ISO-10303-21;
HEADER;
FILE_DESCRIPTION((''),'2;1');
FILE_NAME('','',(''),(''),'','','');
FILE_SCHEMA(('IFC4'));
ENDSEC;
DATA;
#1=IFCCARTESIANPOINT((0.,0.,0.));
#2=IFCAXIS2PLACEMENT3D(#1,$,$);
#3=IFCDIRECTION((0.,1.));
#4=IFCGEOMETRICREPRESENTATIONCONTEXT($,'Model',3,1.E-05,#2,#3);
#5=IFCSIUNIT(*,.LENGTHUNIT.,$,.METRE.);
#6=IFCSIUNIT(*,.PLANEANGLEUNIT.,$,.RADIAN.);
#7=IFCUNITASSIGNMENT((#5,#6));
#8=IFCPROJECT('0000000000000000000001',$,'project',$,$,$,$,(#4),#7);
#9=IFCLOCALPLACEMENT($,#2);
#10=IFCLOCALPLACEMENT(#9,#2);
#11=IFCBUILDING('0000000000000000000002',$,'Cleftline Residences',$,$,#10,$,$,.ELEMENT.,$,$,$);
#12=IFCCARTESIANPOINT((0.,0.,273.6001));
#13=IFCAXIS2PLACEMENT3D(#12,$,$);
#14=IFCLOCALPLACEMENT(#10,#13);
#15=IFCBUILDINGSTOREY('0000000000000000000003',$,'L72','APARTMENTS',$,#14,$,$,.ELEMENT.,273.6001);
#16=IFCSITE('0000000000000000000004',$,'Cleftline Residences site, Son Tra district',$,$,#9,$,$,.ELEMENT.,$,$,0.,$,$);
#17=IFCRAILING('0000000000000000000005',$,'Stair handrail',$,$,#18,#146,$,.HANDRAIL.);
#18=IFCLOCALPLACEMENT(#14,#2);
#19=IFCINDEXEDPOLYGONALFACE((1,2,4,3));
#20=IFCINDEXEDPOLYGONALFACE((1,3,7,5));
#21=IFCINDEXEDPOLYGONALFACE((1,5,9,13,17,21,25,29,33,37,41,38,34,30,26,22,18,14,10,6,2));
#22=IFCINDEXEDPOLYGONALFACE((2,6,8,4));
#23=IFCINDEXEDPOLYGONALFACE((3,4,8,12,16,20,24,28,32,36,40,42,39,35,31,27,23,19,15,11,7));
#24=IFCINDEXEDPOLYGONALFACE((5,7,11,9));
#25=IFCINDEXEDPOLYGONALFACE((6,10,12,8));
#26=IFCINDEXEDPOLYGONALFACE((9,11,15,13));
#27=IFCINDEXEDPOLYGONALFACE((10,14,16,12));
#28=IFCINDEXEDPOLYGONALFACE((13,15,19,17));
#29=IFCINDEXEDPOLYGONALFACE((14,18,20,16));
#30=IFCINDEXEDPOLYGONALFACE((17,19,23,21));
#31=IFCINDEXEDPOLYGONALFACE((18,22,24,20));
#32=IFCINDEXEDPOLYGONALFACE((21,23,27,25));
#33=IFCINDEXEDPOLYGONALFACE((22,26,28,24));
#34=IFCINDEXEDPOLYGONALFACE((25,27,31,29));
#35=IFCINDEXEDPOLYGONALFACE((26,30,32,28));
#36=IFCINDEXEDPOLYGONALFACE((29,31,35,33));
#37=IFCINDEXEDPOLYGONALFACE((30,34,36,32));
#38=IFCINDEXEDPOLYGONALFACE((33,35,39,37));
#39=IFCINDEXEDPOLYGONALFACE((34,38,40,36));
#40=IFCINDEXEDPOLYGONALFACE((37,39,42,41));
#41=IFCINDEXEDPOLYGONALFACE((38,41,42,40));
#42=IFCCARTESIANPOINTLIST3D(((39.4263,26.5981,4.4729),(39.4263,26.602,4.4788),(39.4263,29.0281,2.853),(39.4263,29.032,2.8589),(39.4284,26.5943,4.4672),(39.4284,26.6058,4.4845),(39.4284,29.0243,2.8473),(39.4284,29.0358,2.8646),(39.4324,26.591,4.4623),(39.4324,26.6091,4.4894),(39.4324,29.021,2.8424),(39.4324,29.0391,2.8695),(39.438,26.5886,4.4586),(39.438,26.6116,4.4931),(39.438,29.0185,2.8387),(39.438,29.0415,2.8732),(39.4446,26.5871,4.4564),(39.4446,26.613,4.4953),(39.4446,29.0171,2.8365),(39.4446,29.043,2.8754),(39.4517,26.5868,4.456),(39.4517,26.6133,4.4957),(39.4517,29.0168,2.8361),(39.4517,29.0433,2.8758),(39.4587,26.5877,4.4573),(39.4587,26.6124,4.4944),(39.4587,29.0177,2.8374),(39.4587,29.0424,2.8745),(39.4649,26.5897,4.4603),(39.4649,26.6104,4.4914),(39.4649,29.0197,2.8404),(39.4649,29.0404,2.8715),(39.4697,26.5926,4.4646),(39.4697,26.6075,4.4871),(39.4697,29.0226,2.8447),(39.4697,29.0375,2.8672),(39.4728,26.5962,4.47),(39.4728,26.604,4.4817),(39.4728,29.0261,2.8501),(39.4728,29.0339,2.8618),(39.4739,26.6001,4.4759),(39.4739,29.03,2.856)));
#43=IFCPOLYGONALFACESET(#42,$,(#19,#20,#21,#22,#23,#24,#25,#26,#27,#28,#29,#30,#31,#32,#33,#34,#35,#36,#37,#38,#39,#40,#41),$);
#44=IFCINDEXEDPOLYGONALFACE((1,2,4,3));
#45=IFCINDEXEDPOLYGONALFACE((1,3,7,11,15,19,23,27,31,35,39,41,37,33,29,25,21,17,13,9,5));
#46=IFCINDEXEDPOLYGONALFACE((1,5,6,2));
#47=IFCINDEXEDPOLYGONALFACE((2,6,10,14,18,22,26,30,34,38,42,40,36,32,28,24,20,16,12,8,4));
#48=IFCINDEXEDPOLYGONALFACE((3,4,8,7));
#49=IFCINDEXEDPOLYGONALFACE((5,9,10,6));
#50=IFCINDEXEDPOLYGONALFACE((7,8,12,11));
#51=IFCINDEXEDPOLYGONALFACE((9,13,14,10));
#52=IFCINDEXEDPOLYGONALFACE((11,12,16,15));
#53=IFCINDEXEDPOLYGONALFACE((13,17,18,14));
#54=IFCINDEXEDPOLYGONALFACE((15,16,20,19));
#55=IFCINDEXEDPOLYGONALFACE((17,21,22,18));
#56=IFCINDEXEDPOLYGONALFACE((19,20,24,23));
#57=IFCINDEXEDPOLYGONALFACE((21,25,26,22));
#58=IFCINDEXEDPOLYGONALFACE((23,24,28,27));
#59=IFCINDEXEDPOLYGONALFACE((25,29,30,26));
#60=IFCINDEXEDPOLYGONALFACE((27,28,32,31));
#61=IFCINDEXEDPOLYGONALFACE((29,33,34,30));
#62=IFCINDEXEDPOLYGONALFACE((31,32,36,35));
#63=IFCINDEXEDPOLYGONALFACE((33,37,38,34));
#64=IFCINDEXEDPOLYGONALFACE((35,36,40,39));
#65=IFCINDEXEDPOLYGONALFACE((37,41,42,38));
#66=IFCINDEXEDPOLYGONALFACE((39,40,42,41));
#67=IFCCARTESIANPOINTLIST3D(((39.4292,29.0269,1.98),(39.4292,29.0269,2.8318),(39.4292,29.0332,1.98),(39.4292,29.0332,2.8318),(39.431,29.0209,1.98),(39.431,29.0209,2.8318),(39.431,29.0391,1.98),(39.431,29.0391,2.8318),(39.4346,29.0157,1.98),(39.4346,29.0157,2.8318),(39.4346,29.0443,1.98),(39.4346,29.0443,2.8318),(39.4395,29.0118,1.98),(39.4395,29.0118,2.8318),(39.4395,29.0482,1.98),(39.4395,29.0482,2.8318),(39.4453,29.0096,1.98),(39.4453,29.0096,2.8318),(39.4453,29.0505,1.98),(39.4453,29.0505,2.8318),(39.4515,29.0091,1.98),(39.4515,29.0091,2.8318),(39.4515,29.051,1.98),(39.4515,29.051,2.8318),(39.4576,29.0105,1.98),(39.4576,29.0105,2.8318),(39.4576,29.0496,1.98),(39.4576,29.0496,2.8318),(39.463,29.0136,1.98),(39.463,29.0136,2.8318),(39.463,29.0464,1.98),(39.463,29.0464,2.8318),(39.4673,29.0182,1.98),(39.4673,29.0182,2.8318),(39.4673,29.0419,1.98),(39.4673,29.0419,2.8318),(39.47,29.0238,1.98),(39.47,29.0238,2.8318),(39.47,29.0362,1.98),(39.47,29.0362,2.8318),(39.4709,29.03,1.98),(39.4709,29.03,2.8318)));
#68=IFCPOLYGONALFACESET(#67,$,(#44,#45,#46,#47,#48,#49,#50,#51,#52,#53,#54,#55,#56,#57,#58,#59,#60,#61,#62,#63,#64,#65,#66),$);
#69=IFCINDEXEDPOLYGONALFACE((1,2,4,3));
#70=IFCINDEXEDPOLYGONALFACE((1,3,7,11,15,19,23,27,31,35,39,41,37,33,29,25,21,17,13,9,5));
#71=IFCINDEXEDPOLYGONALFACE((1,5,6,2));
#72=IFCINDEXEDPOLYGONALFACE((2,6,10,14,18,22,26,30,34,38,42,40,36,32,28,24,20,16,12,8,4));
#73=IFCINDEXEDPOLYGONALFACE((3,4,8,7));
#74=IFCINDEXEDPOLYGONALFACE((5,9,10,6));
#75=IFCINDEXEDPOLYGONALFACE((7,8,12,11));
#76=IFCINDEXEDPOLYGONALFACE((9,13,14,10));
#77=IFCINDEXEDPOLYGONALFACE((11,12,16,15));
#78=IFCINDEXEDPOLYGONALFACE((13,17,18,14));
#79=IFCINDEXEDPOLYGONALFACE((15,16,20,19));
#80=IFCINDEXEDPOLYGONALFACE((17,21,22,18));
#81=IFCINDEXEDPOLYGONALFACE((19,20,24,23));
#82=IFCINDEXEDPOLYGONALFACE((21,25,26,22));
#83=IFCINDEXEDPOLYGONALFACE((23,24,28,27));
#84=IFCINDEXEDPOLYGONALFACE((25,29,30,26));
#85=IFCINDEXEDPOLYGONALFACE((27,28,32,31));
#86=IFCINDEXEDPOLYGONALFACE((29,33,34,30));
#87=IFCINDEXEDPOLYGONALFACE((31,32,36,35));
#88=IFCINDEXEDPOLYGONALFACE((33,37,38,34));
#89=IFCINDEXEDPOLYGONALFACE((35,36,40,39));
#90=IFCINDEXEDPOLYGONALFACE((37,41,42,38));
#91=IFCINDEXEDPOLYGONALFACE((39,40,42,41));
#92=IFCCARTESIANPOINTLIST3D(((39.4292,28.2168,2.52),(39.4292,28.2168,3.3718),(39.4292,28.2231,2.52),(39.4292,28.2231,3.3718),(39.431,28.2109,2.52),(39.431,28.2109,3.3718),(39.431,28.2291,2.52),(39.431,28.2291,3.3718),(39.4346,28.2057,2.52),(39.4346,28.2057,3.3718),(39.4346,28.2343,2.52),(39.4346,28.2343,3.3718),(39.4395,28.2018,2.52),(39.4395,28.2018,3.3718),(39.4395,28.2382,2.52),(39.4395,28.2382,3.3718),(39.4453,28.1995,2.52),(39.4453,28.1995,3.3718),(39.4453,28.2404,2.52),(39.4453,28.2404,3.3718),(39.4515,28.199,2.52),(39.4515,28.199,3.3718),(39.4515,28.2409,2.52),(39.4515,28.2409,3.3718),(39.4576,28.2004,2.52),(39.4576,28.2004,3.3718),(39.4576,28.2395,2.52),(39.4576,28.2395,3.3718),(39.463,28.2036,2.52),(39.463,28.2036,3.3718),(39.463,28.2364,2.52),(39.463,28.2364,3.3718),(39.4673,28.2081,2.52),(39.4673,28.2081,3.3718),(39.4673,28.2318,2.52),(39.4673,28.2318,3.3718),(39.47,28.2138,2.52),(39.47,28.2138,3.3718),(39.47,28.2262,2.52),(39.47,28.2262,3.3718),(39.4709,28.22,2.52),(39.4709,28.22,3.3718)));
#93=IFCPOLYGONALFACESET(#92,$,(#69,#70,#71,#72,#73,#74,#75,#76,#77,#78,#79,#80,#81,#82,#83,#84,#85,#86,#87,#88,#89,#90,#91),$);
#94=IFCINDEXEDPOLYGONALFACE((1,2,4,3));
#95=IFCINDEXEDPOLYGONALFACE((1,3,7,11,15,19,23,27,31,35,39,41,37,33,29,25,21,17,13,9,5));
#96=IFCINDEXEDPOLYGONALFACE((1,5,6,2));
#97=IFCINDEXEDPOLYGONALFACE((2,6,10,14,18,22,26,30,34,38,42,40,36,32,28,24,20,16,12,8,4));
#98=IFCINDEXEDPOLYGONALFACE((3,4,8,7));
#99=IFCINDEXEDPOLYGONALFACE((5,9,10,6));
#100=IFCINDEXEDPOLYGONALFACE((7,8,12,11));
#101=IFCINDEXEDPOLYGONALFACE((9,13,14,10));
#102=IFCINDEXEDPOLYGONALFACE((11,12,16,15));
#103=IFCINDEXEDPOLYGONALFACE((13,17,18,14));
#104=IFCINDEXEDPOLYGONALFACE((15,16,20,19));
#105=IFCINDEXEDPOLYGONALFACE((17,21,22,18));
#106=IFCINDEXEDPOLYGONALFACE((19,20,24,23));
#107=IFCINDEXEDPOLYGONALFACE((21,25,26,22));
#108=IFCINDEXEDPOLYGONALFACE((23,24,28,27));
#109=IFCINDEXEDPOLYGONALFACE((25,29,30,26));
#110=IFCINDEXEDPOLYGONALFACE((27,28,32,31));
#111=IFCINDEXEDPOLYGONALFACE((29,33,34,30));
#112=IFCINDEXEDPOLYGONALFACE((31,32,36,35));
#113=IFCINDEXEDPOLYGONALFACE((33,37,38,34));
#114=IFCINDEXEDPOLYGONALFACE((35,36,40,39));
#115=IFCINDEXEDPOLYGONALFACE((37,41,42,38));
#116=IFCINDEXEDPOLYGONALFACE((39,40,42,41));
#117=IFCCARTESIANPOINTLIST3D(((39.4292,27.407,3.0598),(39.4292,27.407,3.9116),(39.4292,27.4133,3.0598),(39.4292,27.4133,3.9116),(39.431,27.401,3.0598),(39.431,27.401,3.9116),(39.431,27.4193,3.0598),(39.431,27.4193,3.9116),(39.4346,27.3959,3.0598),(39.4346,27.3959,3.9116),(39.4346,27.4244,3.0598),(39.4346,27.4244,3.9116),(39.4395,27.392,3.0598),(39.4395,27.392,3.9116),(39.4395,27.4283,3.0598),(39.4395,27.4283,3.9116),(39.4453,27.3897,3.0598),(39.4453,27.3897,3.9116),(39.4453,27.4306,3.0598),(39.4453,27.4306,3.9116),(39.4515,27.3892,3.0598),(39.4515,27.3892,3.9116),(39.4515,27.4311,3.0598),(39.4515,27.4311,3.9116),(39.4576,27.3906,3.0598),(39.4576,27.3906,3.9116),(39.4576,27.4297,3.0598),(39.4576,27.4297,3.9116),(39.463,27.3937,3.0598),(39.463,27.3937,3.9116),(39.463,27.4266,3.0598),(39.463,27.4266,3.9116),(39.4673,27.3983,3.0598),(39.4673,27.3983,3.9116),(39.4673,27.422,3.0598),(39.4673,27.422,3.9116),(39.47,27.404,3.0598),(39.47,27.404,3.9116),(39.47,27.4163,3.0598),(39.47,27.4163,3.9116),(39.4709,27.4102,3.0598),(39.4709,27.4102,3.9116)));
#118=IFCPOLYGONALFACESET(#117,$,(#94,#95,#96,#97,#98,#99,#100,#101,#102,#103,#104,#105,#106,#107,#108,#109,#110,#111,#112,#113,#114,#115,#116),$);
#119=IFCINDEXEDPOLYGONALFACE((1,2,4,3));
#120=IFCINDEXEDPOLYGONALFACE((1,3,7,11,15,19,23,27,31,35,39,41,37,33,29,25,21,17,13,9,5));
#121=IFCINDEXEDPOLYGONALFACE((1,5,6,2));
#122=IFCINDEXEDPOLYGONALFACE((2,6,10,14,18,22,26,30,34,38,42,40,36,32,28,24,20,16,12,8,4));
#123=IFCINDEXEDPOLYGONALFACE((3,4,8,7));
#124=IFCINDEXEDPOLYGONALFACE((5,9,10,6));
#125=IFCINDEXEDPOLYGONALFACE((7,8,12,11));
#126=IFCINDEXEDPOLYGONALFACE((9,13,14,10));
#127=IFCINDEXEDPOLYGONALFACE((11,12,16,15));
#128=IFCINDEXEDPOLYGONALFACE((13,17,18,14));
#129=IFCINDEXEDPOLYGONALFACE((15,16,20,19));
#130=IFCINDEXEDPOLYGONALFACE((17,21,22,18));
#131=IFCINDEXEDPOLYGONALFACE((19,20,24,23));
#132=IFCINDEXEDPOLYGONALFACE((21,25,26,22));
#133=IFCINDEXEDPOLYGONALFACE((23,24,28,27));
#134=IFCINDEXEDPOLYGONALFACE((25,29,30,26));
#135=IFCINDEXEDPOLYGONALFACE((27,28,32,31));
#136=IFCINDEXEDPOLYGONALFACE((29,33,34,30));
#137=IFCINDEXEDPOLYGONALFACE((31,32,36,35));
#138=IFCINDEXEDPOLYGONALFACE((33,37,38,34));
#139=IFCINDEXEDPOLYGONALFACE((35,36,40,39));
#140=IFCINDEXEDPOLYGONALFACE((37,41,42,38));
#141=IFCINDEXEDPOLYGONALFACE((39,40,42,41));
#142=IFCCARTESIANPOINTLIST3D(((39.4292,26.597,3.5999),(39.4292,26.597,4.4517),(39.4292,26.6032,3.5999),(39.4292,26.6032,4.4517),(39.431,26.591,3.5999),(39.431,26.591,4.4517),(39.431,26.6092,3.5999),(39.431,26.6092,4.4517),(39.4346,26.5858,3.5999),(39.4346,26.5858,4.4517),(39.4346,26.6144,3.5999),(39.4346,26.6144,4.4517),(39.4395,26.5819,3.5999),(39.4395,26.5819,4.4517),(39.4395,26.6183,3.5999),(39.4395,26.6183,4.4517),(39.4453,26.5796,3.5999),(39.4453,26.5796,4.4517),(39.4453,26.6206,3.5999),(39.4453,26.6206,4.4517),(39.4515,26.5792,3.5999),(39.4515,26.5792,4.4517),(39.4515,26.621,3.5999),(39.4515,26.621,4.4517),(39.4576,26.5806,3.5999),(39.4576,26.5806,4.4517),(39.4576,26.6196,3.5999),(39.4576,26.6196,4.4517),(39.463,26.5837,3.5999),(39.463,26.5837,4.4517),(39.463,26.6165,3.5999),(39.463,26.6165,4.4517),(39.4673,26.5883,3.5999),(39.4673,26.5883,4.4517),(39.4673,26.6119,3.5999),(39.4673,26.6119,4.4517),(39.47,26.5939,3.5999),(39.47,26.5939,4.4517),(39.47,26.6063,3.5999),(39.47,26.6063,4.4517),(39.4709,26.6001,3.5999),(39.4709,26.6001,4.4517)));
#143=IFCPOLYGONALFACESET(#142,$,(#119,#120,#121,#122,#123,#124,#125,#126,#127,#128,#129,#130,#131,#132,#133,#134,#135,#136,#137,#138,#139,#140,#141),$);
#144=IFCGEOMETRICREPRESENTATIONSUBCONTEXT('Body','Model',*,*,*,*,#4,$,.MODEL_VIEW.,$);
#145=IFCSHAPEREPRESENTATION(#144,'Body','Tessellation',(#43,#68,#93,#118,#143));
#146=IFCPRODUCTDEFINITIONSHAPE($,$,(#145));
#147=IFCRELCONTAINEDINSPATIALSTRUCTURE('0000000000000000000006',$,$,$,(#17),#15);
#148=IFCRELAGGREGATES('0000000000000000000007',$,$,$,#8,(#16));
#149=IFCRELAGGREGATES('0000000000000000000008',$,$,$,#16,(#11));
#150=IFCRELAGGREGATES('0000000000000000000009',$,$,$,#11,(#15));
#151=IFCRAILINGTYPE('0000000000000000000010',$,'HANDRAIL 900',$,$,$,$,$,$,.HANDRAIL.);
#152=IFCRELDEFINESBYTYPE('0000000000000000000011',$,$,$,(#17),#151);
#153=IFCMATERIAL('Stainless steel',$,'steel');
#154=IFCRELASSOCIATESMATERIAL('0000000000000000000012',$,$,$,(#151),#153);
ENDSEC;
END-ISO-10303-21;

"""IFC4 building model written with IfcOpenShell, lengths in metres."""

from ifc_helpers import new_model, si_unit, direction, frame, origin, origin_2d, place, context, subcontext, project, spatial, circle, extrude, material, type_object, element, save


model = new_model("IFC4")

# Units and contexts
model_context = context("Model", 3, precision=1e-05, world=origin(), true_north=direction((0.0, 1.0)))
body_context = subcontext(model_context, "Body", "Model", "MODEL_VIEW")
ifc_project = project(units=[si_unit("LENGTHUNIT", "METRE"), si_unit("PLANEANGLEUNIT", "RADIAN")], contexts=[model_context])

# Site, building, storey
site_placement = place(None, origin())
site = spatial("IfcSite", under=ifc_project, at=site_placement, Name="Cleftline Residences site, Son Tra district", CompositionType="ELEMENT", RefElevation=0.0)
building_placement = place(site_placement, origin())
building = spatial("IfcBuilding", under=site, at=building_placement, Name="Cleftline Residences", CompositionType="ELEMENT")
storey_placement = place(building_placement, frame((0.0, 0.0, 273.6001)))
storey = spatial("IfcBuildingStorey", under=building, at=storey_placement, Name="L72", Description="APARTMENTS", CompositionType="ELEMENT", Elevation=273.6001)

# Railing
ifc_material_1 = material(Name="Stainless steel", Category="steel")
railing_type = type_object("IfcRailingType", Name="HANDRAIL 900", PredefinedType="HANDRAIL", material=ifc_material_1)
railing_1_placement = place(storey_placement, frame((39.45, 29.03, 1.98)))
element("IfcRailing", 1, at=railing_1_placement, inside=storey, type_object=railing_type, Name="Stair handrail", PredefinedType="HANDRAIL", context=body_context, shape_type="SweptSolid", body=[
    extrude(circle(Radius=0.0239, at=origin_2d()), frame((0.0, 0.0, 0.876), z_axis=(0.0, -0.832063, 0.554681), x_axis=(1.0, 0.0, 0.0)), (0.0, 0.0, 1.0), 2.9204),
    extrude(circle(Radius=0.021, at=origin_2d()), origin(), (0.0, 0.0, 1.0), 0.8518),
    extrude(circle(Radius=0.021, at=origin_2d()), frame((0.0, -0.8101, 0.54)), (0.0, 0.0, 1.0), 0.8518),
    extrude(circle(Radius=0.021, at=origin_2d()), frame((0.0, -1.6199, 1.0798)), (0.0, 0.0, 1.0), 0.8518),
    extrude(circle(Radius=0.021, at=origin_2d()), frame((0.0, -2.4299, 1.6199)), (0.0, 0.0, 1.0), 0.8518),
])

save(model, "model.ifc")
